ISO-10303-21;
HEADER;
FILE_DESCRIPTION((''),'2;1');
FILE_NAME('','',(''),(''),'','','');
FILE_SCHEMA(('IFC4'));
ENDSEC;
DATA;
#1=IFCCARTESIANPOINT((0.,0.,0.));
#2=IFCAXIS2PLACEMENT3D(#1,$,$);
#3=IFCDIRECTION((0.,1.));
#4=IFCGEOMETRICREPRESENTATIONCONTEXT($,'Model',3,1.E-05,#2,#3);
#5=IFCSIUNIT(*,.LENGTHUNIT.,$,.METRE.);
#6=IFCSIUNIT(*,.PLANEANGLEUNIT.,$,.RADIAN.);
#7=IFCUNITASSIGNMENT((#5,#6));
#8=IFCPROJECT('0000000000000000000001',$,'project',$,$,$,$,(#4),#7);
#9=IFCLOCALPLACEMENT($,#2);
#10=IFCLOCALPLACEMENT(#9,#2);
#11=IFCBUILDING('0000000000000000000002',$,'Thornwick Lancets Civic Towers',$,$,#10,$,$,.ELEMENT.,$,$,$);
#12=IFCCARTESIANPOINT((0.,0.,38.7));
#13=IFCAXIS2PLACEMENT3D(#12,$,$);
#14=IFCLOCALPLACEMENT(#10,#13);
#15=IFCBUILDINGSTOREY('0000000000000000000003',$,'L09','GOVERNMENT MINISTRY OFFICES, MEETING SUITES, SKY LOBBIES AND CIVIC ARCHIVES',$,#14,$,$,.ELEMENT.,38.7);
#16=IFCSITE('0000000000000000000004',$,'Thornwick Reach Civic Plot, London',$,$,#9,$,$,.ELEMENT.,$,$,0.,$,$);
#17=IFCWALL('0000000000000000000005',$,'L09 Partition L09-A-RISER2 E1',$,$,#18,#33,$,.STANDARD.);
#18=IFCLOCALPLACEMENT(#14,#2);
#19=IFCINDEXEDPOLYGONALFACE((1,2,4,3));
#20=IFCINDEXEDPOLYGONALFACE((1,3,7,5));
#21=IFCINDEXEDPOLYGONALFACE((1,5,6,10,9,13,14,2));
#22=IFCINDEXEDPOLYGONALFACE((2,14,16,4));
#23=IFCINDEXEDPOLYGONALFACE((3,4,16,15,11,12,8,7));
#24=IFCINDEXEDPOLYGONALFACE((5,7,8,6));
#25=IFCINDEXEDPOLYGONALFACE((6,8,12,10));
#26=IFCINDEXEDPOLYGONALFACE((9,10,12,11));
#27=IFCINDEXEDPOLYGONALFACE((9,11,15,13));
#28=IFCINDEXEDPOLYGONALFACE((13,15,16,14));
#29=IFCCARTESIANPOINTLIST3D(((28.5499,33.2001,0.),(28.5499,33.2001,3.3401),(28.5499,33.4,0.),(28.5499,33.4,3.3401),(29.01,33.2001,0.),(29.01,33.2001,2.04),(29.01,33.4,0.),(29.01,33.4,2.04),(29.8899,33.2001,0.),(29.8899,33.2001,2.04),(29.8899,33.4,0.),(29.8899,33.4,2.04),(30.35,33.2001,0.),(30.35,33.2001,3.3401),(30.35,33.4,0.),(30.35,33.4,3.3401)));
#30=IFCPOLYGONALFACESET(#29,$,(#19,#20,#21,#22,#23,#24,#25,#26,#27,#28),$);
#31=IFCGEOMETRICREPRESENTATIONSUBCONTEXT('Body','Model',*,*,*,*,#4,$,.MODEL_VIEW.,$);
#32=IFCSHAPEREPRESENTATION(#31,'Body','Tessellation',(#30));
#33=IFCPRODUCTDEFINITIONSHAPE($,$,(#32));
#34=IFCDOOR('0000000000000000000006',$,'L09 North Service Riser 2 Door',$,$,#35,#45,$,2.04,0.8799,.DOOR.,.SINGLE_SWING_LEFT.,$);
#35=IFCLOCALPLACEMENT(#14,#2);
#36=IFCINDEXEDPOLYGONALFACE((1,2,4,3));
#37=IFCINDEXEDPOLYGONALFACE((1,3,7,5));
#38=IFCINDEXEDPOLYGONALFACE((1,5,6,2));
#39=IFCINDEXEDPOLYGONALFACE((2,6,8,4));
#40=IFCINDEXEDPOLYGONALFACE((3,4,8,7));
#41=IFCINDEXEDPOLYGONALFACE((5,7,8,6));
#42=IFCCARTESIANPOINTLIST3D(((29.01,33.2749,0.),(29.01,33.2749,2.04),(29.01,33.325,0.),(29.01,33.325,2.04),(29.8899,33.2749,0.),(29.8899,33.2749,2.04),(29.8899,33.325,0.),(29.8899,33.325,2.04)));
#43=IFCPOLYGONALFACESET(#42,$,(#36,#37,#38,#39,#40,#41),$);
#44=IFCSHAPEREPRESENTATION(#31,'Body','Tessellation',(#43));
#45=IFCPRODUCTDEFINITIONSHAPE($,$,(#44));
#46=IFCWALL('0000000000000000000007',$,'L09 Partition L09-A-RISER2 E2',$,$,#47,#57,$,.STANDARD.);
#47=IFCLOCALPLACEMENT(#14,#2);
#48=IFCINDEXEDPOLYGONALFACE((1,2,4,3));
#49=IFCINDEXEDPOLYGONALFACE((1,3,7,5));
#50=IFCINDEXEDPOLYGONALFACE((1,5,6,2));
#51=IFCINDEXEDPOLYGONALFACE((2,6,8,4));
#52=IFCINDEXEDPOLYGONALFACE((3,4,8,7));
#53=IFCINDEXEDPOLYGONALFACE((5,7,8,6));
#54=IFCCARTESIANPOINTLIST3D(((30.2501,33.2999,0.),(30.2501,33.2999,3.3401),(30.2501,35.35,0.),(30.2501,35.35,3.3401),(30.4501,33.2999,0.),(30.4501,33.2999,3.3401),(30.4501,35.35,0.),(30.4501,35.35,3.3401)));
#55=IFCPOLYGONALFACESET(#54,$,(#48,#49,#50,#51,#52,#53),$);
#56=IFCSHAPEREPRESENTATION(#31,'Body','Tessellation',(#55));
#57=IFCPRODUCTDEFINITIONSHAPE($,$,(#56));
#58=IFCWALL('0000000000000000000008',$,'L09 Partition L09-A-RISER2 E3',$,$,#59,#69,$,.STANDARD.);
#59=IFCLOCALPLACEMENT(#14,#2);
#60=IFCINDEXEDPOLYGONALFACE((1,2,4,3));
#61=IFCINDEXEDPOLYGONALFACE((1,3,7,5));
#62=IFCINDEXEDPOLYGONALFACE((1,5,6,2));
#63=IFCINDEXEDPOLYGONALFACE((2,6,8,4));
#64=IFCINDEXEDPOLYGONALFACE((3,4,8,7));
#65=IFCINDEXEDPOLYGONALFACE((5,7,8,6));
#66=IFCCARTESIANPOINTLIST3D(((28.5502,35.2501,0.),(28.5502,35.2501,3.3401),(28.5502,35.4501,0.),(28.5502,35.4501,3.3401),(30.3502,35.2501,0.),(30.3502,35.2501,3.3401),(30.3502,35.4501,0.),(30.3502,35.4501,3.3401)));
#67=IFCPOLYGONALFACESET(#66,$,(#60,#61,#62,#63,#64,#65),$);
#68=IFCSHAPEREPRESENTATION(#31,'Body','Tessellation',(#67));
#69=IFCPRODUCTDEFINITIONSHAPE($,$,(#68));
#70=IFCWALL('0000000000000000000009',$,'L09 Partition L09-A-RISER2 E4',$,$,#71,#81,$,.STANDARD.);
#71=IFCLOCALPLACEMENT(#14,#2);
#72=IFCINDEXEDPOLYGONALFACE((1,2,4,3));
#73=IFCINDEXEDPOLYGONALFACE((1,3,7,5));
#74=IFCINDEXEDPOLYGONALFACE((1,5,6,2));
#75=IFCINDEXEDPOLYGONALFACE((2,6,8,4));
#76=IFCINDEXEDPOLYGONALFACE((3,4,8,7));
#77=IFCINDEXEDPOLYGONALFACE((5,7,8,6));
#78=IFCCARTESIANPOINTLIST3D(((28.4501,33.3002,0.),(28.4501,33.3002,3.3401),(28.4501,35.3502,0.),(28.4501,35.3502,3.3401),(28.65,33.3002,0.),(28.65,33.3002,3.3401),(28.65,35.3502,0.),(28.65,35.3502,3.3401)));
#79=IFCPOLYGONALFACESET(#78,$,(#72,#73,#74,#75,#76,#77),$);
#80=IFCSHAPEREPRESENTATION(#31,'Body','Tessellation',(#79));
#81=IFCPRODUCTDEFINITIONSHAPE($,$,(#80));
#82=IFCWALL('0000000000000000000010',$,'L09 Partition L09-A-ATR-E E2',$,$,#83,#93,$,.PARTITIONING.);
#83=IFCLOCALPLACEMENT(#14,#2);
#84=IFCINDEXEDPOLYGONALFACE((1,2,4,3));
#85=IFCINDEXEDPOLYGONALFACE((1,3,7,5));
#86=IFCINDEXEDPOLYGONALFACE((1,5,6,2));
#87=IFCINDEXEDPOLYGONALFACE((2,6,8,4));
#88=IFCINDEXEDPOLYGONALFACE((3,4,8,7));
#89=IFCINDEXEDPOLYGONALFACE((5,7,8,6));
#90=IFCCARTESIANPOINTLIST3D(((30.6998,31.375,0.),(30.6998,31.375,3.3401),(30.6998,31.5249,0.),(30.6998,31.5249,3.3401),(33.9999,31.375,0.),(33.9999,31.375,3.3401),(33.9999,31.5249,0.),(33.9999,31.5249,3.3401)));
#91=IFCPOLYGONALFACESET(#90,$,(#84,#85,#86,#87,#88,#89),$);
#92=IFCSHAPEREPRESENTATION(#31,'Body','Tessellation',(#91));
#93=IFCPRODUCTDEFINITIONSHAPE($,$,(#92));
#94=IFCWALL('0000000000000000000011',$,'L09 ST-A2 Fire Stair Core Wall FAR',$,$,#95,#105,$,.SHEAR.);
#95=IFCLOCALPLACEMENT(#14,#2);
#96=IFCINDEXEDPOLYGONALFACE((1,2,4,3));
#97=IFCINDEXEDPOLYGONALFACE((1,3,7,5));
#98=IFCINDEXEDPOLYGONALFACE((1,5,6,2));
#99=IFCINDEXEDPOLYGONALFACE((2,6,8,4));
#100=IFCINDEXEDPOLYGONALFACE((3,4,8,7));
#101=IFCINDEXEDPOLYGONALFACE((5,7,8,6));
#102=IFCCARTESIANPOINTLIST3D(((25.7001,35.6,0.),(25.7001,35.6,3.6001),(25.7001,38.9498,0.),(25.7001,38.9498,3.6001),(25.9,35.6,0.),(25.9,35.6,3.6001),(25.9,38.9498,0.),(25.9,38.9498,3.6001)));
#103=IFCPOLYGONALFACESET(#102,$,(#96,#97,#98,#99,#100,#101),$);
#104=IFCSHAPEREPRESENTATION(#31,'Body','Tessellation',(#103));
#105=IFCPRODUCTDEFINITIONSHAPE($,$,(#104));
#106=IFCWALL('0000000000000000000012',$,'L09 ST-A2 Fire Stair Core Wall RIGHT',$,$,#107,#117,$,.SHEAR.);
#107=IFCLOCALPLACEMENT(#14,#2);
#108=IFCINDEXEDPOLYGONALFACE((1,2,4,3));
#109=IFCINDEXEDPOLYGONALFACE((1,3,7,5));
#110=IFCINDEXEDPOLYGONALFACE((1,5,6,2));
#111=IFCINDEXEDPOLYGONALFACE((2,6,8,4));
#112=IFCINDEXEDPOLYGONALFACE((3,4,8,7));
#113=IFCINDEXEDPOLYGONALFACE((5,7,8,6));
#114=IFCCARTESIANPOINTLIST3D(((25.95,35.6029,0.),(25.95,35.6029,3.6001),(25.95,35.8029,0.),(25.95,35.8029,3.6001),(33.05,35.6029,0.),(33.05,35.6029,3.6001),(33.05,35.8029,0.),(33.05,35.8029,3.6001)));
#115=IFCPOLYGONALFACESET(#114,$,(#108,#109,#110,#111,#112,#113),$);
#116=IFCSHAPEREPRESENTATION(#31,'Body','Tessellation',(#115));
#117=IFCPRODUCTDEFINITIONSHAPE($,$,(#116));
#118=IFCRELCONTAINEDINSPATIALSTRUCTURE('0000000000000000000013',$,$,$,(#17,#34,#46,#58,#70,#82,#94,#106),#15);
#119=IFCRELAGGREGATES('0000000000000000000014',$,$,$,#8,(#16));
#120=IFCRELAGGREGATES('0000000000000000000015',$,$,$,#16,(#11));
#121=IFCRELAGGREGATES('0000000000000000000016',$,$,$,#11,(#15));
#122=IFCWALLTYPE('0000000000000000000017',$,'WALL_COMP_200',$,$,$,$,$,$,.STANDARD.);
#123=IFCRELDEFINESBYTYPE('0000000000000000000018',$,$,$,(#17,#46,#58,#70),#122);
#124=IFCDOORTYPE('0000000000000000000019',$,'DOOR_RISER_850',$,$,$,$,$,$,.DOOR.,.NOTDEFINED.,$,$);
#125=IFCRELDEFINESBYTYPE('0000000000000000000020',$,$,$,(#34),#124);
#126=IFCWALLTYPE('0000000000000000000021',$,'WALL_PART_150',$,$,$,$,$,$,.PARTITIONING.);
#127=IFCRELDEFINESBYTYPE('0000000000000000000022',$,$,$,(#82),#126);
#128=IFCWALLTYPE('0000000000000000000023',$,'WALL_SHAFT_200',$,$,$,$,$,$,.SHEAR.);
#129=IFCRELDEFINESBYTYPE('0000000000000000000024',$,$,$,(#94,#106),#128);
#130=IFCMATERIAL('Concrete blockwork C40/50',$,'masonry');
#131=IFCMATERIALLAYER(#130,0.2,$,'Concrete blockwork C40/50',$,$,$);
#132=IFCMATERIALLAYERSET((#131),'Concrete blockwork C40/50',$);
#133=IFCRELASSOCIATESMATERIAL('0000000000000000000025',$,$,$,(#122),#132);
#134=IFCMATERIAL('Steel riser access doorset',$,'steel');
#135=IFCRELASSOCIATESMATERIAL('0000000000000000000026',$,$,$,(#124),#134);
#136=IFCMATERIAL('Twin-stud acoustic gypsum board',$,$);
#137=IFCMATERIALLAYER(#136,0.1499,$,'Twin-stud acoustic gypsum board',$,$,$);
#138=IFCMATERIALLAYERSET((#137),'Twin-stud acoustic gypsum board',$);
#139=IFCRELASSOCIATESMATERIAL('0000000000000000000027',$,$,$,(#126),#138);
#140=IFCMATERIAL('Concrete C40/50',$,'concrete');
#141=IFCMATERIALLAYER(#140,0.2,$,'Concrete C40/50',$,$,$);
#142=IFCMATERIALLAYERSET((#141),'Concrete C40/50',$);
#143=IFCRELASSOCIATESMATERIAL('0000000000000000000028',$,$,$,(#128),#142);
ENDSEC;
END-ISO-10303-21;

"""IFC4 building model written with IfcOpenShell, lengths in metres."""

from ifc_helpers import new_model, si_unit, direction, frame, frame_2d, origin, place, context, subcontext, project, spatial, rectangle, extrude, material, layer, layer_set, type_object, element, fill, save


model = new_model("IFC4")

# Units and contexts
model_context = context("Model", 3, precision=1e-05, world=origin(), true_north=direction((0.0, 1.0)))
body_context = subcontext(model_context, "Body", "Model", "MODEL_VIEW")
ifc_project = project(units=[si_unit("LENGTHUNIT", "METRE"), si_unit("PLANEANGLEUNIT", "RADIAN")], contexts=[model_context])

# Site, building, storey
site_placement = place(None, origin())
site = spatial("IfcSite", under=ifc_project, at=site_placement, Name="Thornwick Reach Civic Plot, London", CompositionType="ELEMENT", RefElevation=0.0)
building_placement = place(site_placement, origin())
building = spatial("IfcBuilding", under=site, at=building_placement, Name="Thornwick Lancets Civic Towers", CompositionType="ELEMENT")
storey_placement = place(building_placement, frame((0.0, 0.0, 38.7)))
storey = spatial("IfcBuildingStorey", under=building, at=storey_placement, Name="L09", Description="GOVERNMENT MINISTRY OFFICES, MEETING SUITES, SKY LOBBIES AND CIVIC ARCHIVES", CompositionType="ELEMENT", Elevation=38.7)

# Shared definitions
ifc_material_1 = material(Name="Concrete blockwork C40/50", Category="masonry")
ifc_layer_1 = layer(ifc_material_1, 0.2, Name="Concrete blockwork C40/50")
ifc_layer_set_1 = layer_set([ifc_layer_1], Name="Concrete blockwork C40/50")
wall_type_1 = type_object("IfcWallType", Name="WALL_COMP_200", PredefinedType="STANDARD", material=ifc_layer_set_1)

# Wall, opening, door
wall_1_placement = place(storey_placement, frame((28.55, 33.3, 0.0), z_axis=(0.0, 0.0, 1.0), x_axis=(1.0, 0.0, 0.0)))
wall_1 = element("IfcWall", 1, at=wall_1_placement, inside=storey, type_object=wall_type_1, Name="L09 Partition L09-A-RISER2 E1", PredefinedType="STANDARD", context=body_context, shape_type="SweptSolid", body=[
    extrude(rectangle(XDim=1.8, YDim=0.2, at=frame_2d((0.8999, 0.0))), origin(), (0.0, 0.0, 1.0), 3.3401),
])
opening_1_placement = place(wall_1_placement, frame((0.46, 0.0, 0.0)))
opening_1 = element("IfcOpeningElement", 2, at=opening_1_placement, cuts=wall_1, PredefinedType="OPENING", context=body_context, shape_type="SweptSolid", body=[
    extrude(rectangle(XDim=0.8799, YDim=2.04, at=frame_2d((0.4399, 1.02))), frame((0.0, 0.1099, 0.0), z_axis=(0.0, -1.0, 0.0), x_axis=(1.0, 0.0, 0.0)), (0.0, 0.0, 1.0), 0.22),
])
ifc_material_2 = material(Name="Steel riser access doorset", Category="steel")
door_type_1 = type_object("IfcDoorType", Name="DOOR_RISER_850", OperationType="NOTDEFINED", PredefinedType="DOOR", material=ifc_material_2)
door_1_placement = place(opening_1_placement, origin())
door_1 = element("IfcDoor", 3, at=door_1_placement, inside=storey, type_object=door_type_1, Name="L09 North Service Riser 2 Door", OperationType="SINGLE_SWING_LEFT", OverallHeight=2.04, OverallWidth=0.8799, PredefinedType="DOOR", context=body_context, shape_type="SweptSolid", body=[
    extrude(rectangle(XDim=0.8799, YDim=2.04, at=frame_2d((0.4399, 1.02))), frame((0.0, 0.0249, 0.0), z_axis=(0.0, -1.0, 0.0), x_axis=(1.0, 0.0, 0.0)), (0.0, 0.0, 1.0), 0.05),
])
fill(opening_1, door_1)

# Walls
wall_2_placement = place(storey_placement, frame((30.3501, 33.3, 0.0), z_axis=(0.0, 0.0, 1.0), x_axis=(0.0, 1.0, 0.0)))
element("IfcWall", 4, at=wall_2_placement, inside=storey, type_object=wall_type_1, Name="L09 Partition L09-A-RISER2 E2", PredefinedType="STANDARD", context=body_context, shape_type="SweptSolid", body=[
    extrude(rectangle(XDim=2.05, YDim=0.2, at=frame_2d((1.0249, 0.0))), origin(), (0.0, 0.0, 1.0), 3.3401),
])
wall_3_placement = place(storey_placement, frame((30.3501, 35.3501, 0.0), z_axis=(0.0, 0.0, 1.0), x_axis=(-1.0, 0.0, 0.0)))
element("IfcWall", 5, at=wall_3_placement, inside=storey, type_object=wall_type_1, Name="L09 Partition L09-A-RISER2 E3", PredefinedType="STANDARD", context=body_context, shape_type="SweptSolid", body=[
    extrude(rectangle(XDim=1.8, YDim=0.2, at=frame_2d((0.8999, 0.0))), origin(), (0.0, 0.0, 1.0), 3.3401),
])
wall_4_placement = place(storey_placement, frame((28.55, 35.3501, 0.0), z_axis=(0.0, 0.0, 1.0), x_axis=(0.0, -1.0, 0.0)))
element("IfcWall", 6, at=wall_4_placement, inside=storey, type_object=wall_type_1, Name="L09 Partition L09-A-RISER2 E4", PredefinedType="STANDARD", context=body_context, shape_type="SweptSolid", body=[
    extrude(rectangle(XDim=2.05, YDim=0.2, at=frame_2d((1.0249, 0.0))), origin(), (0.0, 0.0, 1.0), 3.3401),
])
ifc_material_3 = material(Name="Twin-stud acoustic gypsum board")
ifc_layer_2 = layer(ifc_material_3, 0.1499, Name="Twin-stud acoustic gypsum board")
ifc_layer_set_2 = layer_set([ifc_layer_2], Name="Twin-stud acoustic gypsum board")
wall_type_2 = type_object("IfcWallType", Name="WALL_PART_150", PredefinedType="PARTITIONING", material=ifc_layer_set_2)
wall_5_placement = place(storey_placement, frame((30.7, 31.45, 0.0), z_axis=(0.0, 0.0, 1.0), x_axis=(1.0, 0.0, 0.0)))
element("IfcWall", 7, at=wall_5_placement, inside=storey, type_object=wall_type_2, Name="L09 Partition L09-A-ATR-E E2", PredefinedType="PARTITIONING", context=body_context, shape_type="SweptSolid", body=[
    extrude(rectangle(XDim=3.3, YDim=0.1499, at=frame_2d((1.6499, 0.0))), origin(), (0.0, 0.0, 1.0), 3.3401),
])
ifc_material_4 = material(Name="Concrete C40/50", Category="concrete")
ifc_layer_3 = layer(ifc_material_4, 0.2, Name="Concrete C40/50")
ifc_layer_set_3 = layer_set([ifc_layer_3], Name="Concrete C40/50")
wall_type_3 = type_object("IfcWallType", Name="WALL_SHAFT_200", PredefinedType="SHEAR", material=ifc_layer_set_3)
wall_6_placement = place(storey_placement, frame((25.8, 35.6001, 0.0), z_axis=(0.0, 0.0, 1.0), x_axis=(0.0, 1.0, 0.0)))
element("IfcWall", 8, at=wall_6_placement, inside=storey, type_object=wall_type_3, Name="L09 ST-A2 Fire Stair Core Wall FAR", PredefinedType="SHEAR", context=body_context, shape_type="SweptSolid", body=[
    extrude(rectangle(XDim=3.3499, YDim=0.2, at=frame_2d((1.6748, 0.0))), origin(), (0.0, 0.0, 1.0), 3.6001),
])
wall_7_placement = place(storey_placement, frame((25.95, 35.7029, 0.0), z_axis=(0.0, 0.0, 1.0), x_axis=(1.0, 0.0, 0.0)))
element("IfcWall", 9, at=wall_7_placement, inside=storey, type_object=wall_type_3, Name="L09 ST-A2 Fire Stair Core Wall RIGHT", PredefinedType="SHEAR", context=body_context, shape_type="SweptSolid", body=[
    extrude(rectangle(XDim=7.1001, YDim=0.2, at=frame_2d((3.55, 0.0))), origin(), (0.0, 0.0, 1.0), 3.6001),
])

save(model, "model.ifc")
